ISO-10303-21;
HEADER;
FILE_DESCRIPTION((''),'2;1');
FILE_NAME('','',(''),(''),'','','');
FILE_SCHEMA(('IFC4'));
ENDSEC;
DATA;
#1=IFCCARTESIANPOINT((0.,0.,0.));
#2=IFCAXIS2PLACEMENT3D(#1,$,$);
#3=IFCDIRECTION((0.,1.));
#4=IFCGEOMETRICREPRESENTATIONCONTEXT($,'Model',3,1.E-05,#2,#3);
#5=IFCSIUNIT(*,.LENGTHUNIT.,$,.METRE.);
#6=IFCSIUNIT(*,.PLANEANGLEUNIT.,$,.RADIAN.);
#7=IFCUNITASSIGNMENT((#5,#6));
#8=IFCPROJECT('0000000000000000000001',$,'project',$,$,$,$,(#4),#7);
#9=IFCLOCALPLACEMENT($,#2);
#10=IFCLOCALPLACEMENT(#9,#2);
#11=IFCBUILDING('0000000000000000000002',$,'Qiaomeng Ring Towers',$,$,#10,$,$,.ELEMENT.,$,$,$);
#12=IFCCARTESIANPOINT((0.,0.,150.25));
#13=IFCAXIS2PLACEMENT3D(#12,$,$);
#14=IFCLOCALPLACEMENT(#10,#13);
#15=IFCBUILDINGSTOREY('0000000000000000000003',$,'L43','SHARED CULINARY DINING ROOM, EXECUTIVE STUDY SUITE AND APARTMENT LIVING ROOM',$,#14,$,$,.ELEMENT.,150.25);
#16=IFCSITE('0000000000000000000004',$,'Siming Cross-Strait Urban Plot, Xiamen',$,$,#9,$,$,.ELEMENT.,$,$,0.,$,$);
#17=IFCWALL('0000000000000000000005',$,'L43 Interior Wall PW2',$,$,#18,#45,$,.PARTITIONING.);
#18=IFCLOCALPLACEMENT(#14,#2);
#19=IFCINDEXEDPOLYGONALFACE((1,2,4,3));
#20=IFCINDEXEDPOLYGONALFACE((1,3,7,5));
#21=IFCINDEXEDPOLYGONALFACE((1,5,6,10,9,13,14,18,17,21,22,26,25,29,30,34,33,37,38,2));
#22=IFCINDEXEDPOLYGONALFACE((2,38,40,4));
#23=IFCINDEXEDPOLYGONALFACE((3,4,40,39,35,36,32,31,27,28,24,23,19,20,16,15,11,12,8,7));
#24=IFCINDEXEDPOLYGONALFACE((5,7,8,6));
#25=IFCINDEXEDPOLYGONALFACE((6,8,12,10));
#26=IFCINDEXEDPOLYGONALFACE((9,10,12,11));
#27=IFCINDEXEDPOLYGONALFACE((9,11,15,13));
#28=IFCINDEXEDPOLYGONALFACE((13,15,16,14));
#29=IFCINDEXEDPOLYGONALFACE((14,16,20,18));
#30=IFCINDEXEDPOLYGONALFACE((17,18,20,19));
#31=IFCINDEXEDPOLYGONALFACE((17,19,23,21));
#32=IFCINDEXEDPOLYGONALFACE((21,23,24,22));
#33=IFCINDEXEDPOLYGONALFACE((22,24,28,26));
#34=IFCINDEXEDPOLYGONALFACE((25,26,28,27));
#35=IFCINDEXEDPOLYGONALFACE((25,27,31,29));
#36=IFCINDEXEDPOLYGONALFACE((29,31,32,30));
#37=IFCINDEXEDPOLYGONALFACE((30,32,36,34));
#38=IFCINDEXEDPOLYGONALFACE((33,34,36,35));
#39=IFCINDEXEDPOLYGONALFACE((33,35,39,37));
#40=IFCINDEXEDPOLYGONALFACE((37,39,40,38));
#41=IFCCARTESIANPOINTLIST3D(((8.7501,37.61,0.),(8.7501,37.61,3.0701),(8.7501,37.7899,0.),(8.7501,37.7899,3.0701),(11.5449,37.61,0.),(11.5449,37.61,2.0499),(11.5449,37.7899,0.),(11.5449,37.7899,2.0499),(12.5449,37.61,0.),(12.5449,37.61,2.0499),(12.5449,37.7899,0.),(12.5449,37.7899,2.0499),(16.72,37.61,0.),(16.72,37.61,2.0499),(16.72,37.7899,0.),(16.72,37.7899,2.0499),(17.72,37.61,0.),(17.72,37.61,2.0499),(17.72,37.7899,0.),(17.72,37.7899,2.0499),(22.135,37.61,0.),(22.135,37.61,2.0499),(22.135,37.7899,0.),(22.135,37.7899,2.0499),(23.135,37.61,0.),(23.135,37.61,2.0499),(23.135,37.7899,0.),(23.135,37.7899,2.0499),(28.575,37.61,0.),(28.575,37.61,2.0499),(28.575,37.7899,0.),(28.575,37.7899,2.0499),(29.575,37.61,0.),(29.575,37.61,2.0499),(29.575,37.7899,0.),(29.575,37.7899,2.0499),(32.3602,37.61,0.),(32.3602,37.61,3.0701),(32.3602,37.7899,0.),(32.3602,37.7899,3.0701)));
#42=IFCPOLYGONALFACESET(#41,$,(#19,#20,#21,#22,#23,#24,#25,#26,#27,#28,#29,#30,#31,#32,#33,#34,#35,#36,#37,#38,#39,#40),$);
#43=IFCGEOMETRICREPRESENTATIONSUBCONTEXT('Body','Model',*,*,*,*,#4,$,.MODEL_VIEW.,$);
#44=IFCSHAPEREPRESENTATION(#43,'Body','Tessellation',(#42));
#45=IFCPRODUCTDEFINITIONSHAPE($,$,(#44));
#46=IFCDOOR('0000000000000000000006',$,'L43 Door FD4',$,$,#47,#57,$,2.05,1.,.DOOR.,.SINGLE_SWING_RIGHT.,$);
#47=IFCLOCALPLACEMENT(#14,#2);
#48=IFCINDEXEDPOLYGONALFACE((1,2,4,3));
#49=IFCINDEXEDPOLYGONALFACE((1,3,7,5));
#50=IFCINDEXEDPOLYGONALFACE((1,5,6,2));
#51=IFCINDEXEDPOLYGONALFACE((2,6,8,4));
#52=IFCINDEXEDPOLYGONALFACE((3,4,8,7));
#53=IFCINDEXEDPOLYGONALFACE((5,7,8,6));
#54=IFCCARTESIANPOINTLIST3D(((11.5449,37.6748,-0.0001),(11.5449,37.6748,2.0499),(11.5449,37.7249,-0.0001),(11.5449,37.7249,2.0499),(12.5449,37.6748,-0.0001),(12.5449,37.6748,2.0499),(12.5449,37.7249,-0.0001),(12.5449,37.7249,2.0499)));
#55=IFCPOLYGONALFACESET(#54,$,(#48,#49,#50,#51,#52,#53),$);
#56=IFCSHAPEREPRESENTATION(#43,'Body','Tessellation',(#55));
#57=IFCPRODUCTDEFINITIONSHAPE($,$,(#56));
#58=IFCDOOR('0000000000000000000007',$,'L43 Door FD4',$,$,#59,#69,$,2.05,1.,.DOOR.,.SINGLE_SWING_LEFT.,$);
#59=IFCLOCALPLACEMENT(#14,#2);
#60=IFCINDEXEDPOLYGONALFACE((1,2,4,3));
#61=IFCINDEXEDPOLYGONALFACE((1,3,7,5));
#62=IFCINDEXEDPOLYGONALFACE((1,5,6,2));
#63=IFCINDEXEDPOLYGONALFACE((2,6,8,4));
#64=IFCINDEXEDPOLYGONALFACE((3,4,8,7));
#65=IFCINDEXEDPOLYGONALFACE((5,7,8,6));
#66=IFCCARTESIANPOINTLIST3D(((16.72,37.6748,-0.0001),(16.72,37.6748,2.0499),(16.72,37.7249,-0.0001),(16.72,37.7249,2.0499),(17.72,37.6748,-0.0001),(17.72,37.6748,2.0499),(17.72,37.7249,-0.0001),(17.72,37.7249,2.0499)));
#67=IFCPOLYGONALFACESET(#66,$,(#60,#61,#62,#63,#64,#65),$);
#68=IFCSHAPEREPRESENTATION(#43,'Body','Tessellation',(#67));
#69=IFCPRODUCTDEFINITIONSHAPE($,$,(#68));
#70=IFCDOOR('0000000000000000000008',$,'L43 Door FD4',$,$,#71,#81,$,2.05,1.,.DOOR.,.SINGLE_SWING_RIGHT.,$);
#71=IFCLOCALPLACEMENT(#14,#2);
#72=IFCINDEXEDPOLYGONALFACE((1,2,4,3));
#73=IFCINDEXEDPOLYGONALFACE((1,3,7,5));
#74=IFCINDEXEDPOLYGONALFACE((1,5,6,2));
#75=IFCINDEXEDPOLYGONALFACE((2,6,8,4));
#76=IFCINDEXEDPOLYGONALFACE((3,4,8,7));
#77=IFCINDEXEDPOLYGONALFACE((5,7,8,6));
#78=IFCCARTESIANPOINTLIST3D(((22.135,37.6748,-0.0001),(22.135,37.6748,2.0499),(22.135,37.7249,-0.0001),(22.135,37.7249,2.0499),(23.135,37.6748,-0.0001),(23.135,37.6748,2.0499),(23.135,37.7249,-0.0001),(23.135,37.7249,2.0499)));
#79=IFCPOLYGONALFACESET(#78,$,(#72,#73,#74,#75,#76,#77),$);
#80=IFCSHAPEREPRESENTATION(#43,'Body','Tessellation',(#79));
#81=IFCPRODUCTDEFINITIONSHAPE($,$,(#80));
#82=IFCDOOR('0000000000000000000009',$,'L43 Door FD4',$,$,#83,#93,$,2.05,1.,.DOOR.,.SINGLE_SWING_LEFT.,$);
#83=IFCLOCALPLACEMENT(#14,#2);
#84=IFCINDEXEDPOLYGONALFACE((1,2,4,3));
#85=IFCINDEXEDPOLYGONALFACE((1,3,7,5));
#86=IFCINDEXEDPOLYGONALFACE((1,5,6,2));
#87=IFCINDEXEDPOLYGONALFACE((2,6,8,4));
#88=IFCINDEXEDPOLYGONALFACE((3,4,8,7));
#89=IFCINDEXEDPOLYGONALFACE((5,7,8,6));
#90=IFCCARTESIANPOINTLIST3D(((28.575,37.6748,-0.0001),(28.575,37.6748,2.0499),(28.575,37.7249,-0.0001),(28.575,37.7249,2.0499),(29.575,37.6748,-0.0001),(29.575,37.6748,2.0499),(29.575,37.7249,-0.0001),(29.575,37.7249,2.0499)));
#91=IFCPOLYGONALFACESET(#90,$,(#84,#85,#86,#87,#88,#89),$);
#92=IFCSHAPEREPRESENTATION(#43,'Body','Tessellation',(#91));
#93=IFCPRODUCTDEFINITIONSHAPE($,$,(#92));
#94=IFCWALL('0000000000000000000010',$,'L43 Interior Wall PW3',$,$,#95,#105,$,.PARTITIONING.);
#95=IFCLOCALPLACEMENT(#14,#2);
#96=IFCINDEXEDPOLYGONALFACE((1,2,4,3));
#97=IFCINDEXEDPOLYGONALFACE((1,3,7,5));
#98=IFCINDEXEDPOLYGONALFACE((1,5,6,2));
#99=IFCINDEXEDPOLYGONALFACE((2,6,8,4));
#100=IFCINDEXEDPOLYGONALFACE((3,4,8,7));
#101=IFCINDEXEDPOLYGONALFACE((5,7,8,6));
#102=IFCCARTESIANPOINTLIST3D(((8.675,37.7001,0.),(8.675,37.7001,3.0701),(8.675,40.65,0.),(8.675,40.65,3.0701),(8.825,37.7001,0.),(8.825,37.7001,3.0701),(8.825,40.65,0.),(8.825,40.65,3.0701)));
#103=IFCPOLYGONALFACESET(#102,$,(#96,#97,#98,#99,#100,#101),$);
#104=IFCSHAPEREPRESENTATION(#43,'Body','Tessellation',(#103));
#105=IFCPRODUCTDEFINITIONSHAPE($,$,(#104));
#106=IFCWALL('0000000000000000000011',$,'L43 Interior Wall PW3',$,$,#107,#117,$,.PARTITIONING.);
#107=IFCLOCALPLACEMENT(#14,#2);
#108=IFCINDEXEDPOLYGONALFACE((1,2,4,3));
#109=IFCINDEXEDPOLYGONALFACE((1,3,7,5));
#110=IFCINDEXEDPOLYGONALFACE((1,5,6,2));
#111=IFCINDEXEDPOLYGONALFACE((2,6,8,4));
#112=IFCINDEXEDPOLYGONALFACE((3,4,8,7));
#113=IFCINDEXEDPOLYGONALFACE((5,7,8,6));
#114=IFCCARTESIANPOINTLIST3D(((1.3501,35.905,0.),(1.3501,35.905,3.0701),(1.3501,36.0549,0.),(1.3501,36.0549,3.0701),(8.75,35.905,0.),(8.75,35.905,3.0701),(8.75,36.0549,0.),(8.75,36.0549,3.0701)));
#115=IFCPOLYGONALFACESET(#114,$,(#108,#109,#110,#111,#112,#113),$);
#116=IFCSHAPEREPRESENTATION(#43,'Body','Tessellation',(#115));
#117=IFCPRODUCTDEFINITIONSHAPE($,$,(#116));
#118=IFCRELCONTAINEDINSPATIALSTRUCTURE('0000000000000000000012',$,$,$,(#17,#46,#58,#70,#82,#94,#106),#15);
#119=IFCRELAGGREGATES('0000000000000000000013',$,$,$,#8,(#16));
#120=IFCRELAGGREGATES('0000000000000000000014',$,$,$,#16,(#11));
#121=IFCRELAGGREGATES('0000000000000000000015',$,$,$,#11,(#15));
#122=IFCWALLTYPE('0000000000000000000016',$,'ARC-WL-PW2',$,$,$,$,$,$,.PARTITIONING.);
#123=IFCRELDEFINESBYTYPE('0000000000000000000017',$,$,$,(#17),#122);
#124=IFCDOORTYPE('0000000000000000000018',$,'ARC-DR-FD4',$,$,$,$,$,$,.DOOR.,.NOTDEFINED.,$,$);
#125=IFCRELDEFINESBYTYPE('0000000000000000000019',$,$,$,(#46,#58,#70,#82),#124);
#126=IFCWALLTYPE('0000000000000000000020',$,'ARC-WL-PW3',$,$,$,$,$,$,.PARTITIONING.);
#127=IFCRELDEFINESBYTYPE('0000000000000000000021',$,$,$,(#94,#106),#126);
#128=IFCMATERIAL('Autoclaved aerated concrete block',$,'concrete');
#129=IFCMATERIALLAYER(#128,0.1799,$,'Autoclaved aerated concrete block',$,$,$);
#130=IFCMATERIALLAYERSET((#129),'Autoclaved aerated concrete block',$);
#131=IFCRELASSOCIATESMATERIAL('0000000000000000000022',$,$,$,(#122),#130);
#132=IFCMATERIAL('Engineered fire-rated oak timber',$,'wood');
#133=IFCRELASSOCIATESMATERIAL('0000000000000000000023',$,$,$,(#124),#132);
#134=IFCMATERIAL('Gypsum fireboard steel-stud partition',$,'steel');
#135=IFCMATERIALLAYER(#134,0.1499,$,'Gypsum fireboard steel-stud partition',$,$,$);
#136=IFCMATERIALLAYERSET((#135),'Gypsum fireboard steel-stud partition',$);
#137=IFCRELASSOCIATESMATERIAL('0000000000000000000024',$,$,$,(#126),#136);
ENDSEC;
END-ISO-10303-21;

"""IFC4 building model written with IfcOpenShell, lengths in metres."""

from ifc_helpers import new_model, si_unit, direction, frame, frame_2d, origin, place, context, subcontext, project, spatial, rectangle, extrude, source, transform, mapped, material, layer, layer_set, type_object, element, fill, save


model = new_model("IFC4")

# Units and contexts
model_context = context("Model", 3, precision=1e-05, world=origin(), true_north=direction((0.0, 1.0)))
body_context = subcontext(model_context, "Body", "Model", "MODEL_VIEW")
ifc_project = project(units=[si_unit("LENGTHUNIT", "METRE"), si_unit("PLANEANGLEUNIT", "RADIAN")], contexts=[model_context])

# Site, building, storey
site_placement = place(None, origin())
site = spatial("IfcSite", under=ifc_project, at=site_placement, Name="Siming Cross-Strait Urban Plot, Xiamen", CompositionType="ELEMENT", RefElevation=0.0)
building_placement = place(site_placement, origin())
building = spatial("IfcBuilding", under=site, at=building_placement, Name="Qiaomeng Ring Towers", CompositionType="ELEMENT")
storey_placement = place(building_placement, frame((0.0, 0.0, 150.25)))
storey = spatial("IfcBuildingStorey", under=building, at=storey_placement, Name="L43", Description="SHARED CULINARY DINING ROOM, EXECUTIVE STUDY SUITE AND APARTMENT LIVING ROOM", CompositionType="ELEMENT", Elevation=150.25)

# Wall, openings, doors
ifc_material_1 = material(Name="Autoclaved aerated concrete block", Category="concrete")
ifc_layer_1 = layer(ifc_material_1, 0.1799, Name="Autoclaved aerated concrete block")
ifc_layer_set_1 = layer_set([ifc_layer_1], Name="Autoclaved aerated concrete block")
wall_type_1 = type_object("IfcWallType", Name="ARC-WL-PW2", PredefinedType="PARTITIONING", material=ifc_layer_set_1)
wall_1_placement = place(storey_placement, frame((8.75, 37.7, 0.0), z_axis=(0.0, 0.0, 1.0), x_axis=(1.0, 0.0, 0.0)))
wall_1 = element("IfcWall", 1, at=wall_1_placement, inside=storey, type_object=wall_type_1, Name="L43 Interior Wall PW2", PredefinedType="PARTITIONING", context=body_context, shape_type="SweptSolid", body=[
    extrude(rectangle(XDim=23.6101, YDim=0.1799, at=frame_2d((11.8052, 0.0))), origin(), (0.0, 0.0, 1.0), 3.0701),
])
opening_1_placement = place(wall_1_placement, frame((2.7949, 0.0, 0.0)))
opening_1 = element("IfcOpeningElement", 2, at=opening_1_placement, cuts=wall_1, PredefinedType="OPENING", context=body_context, shape_type="SweptSolid", body=[
    extrude(rectangle(XDim=1.0, YDim=2.05, at=frame_2d((0.5, 1.0249))), frame((0.0, 0.0999, 0.0), z_axis=(0.0, -1.0, 0.0), x_axis=(1.0, 0.0, 0.0)), (0.0, 0.0, 1.0), 0.2),
])
opening_2_placement = place(wall_1_placement, frame((7.97, 0.0, 0.0)))
opening_2 = element("IfcOpeningElement", 3, at=opening_2_placement, cuts=wall_1, PredefinedType="OPENING", context=body_context, shape_type="SweptSolid", body=[
    extrude(rectangle(XDim=1.0, YDim=2.05, at=frame_2d((0.5, 1.0249))), frame((0.0, 0.0999, 0.0), z_axis=(0.0, -1.0, 0.0), x_axis=(1.0, 0.0, 0.0)), (0.0, 0.0, 1.0), 0.2),
])
opening_3_placement = place(wall_1_placement, frame((13.385, 0.0, 0.0)))
opening_3 = element("IfcOpeningElement", 4, at=opening_3_placement, cuts=wall_1, PredefinedType="OPENING", context=body_context, shape_type="SweptSolid", body=[
    extrude(rectangle(XDim=1.0, YDim=2.05, at=frame_2d((0.5, 1.0249))), frame((0.0, 0.0999, 0.0), z_axis=(0.0, -1.0, 0.0), x_axis=(1.0, 0.0, 0.0)), (0.0, 0.0, 1.0), 0.2),
])
opening_4_placement = place(wall_1_placement, frame((19.825, 0.0, 0.0)))
opening_4 = element("IfcOpeningElement", 5, at=opening_4_placement, cuts=wall_1, PredefinedType="OPENING", context=body_context, shape_type="SweptSolid", body=[
    extrude(rectangle(XDim=1.0, YDim=2.05, at=frame_2d((0.5, 1.0249))), frame((0.0, 0.0999, 0.0), z_axis=(0.0, -1.0, 0.0), x_axis=(1.0, 0.0, 0.0)), (0.0, 0.0, 1.0), 0.2),
])
ifc_material_2 = material(Name="Engineered fire-rated oak timber", Category="wood")
door_type_1 = type_object("IfcDoorType", Name="ARC-DR-FD4", OperationType="NOTDEFINED", PredefinedType="DOOR", material=ifc_material_2)
shared_shape_1 = source(origin(), body_context, "Body", "SweptSolid", [
    extrude(rectangle(XDim=1.0, YDim=2.05, at=frame_2d((0.5, 1.0249))), frame((0.0, 0.0249, 0.0), z_axis=(0.0, -1.0, 0.0), x_axis=(1.0, 0.0, 0.0)), (0.0, 0.0, 1.0), 0.05),
])
door_1_placement = place(opening_1_placement, origin())
door_1 = element("IfcDoor", 6, at=door_1_placement, inside=storey, type_object=door_type_1, Name="L43 Door FD4", OperationType="SINGLE_SWING_RIGHT", OverallHeight=2.05, OverallWidth=1.0, PredefinedType="DOOR", context=body_context, shape_type="MappedRepresentation", body=[
    mapped(shared_shape_1, transform((0.0, 0.0, 0.0), x_axis=(1.0, 0.0, 0.0), y_axis=(0.0, 1.0, 0.0), z_axis=(0.0, 0.0, 1.0), scale=1.0)),
])
fill(opening_1, door_1)
door_2_placement = place(opening_2_placement, origin())
door_2 = element("IfcDoor", 7, at=door_2_placement, inside=storey, type_object=door_type_1, Name="L43 Door FD4", OperationType="SINGLE_SWING_LEFT", OverallHeight=2.05, OverallWidth=1.0, PredefinedType="DOOR", context=body_context, shape_type="MappedRepresentation", body=[
    mapped(shared_shape_1, transform((0.0, 0.0, 0.0), x_axis=(1.0, 0.0, 0.0), y_axis=(0.0, 1.0, 0.0), z_axis=(0.0, 0.0, 1.0), scale=1.0)),
])
fill(opening_2, door_2)
door_3_placement = place(opening_3_placement, origin())
door_3 = element("IfcDoor", 8, at=door_3_placement, inside=storey, type_object=door_type_1, Name="L43 Door FD4", OperationType="SINGLE_SWING_RIGHT", OverallHeight=2.05, OverallWidth=1.0, PredefinedType="DOOR", context=body_context, shape_type="MappedRepresentation", body=[
    mapped(shared_shape_1, transform((0.0, 0.0, 0.0), x_axis=(1.0, 0.0, 0.0), y_axis=(0.0, 1.0, 0.0), z_axis=(0.0, 0.0, 1.0), scale=1.0)),
])
fill(opening_3, door_3)
door_4_placement = place(opening_4_placement, origin())
door_4 = element("IfcDoor", 9, at=door_4_placement, inside=storey, type_object=door_type_1, Name="L43 Door FD4", OperationType="SINGLE_SWING_LEFT", OverallHeight=2.05, OverallWidth=1.0, PredefinedType="DOOR", context=body_context, shape_type="MappedRepresentation", body=[
    mapped(shared_shape_1, transform((0.0, 0.0, 0.0), x_axis=(1.0, 0.0, 0.0), y_axis=(0.0, 1.0, 0.0), z_axis=(0.0, 0.0, 1.0), scale=1.0)),
])
fill(opening_4, door_4)

# Walls
ifc_material_3 = material(Name="Gypsum fireboard steel-stud partition", Category="steel")
ifc_layer_2 = layer(ifc_material_3, 0.1499, Name="Gypsum fireboard steel-stud partition")
ifc_layer_set_2 = layer_set([ifc_layer_2], Name="Gypsum fireboard steel-stud partition")
wall_type_2 = type_object("IfcWallType", Name="ARC-WL-PW3", PredefinedType="PARTITIONING", material=ifc_layer_set_2)
wall_2_placement = place(storey_placement, frame((8.75, 37.7, 0.0), z_axis=(0.0, 0.0, 1.0), x_axis=(0.0, 1.0, 0.0)))
element("IfcWall", 10, at=wall_2_placement, inside=storey, type_object=wall_type_2, Name="L43 Interior Wall PW3", PredefinedType="PARTITIONING", context=body_context, shape_type="SweptSolid", body=[
    extrude(rectangle(XDim=2.95, YDim=0.1499, at=frame_2d((1.4751, 0.0))), origin(), (0.0, 0.0, 1.0), 3.0701),
])
wall_3_placement = place(storey_placement, frame((1.3501, 35.98, 0.0), z_axis=(0.0, 0.0, 1.0), x_axis=(1.0, 0.0, 0.0)))
element("IfcWall", 11, at=wall_3_placement, inside=storey, type_object=wall_type_2, Name="L43 Interior Wall PW3", PredefinedType="PARTITIONING", context=body_context, shape_type="SweptSolid", body=[
    extrude(rectangle(XDim=7.3999, YDim=0.1499, at=frame_2d((3.7, 0.0))), origin(), (0.0, 0.0, 1.0), 3.0701),
])

save(model, "model.ifc")
